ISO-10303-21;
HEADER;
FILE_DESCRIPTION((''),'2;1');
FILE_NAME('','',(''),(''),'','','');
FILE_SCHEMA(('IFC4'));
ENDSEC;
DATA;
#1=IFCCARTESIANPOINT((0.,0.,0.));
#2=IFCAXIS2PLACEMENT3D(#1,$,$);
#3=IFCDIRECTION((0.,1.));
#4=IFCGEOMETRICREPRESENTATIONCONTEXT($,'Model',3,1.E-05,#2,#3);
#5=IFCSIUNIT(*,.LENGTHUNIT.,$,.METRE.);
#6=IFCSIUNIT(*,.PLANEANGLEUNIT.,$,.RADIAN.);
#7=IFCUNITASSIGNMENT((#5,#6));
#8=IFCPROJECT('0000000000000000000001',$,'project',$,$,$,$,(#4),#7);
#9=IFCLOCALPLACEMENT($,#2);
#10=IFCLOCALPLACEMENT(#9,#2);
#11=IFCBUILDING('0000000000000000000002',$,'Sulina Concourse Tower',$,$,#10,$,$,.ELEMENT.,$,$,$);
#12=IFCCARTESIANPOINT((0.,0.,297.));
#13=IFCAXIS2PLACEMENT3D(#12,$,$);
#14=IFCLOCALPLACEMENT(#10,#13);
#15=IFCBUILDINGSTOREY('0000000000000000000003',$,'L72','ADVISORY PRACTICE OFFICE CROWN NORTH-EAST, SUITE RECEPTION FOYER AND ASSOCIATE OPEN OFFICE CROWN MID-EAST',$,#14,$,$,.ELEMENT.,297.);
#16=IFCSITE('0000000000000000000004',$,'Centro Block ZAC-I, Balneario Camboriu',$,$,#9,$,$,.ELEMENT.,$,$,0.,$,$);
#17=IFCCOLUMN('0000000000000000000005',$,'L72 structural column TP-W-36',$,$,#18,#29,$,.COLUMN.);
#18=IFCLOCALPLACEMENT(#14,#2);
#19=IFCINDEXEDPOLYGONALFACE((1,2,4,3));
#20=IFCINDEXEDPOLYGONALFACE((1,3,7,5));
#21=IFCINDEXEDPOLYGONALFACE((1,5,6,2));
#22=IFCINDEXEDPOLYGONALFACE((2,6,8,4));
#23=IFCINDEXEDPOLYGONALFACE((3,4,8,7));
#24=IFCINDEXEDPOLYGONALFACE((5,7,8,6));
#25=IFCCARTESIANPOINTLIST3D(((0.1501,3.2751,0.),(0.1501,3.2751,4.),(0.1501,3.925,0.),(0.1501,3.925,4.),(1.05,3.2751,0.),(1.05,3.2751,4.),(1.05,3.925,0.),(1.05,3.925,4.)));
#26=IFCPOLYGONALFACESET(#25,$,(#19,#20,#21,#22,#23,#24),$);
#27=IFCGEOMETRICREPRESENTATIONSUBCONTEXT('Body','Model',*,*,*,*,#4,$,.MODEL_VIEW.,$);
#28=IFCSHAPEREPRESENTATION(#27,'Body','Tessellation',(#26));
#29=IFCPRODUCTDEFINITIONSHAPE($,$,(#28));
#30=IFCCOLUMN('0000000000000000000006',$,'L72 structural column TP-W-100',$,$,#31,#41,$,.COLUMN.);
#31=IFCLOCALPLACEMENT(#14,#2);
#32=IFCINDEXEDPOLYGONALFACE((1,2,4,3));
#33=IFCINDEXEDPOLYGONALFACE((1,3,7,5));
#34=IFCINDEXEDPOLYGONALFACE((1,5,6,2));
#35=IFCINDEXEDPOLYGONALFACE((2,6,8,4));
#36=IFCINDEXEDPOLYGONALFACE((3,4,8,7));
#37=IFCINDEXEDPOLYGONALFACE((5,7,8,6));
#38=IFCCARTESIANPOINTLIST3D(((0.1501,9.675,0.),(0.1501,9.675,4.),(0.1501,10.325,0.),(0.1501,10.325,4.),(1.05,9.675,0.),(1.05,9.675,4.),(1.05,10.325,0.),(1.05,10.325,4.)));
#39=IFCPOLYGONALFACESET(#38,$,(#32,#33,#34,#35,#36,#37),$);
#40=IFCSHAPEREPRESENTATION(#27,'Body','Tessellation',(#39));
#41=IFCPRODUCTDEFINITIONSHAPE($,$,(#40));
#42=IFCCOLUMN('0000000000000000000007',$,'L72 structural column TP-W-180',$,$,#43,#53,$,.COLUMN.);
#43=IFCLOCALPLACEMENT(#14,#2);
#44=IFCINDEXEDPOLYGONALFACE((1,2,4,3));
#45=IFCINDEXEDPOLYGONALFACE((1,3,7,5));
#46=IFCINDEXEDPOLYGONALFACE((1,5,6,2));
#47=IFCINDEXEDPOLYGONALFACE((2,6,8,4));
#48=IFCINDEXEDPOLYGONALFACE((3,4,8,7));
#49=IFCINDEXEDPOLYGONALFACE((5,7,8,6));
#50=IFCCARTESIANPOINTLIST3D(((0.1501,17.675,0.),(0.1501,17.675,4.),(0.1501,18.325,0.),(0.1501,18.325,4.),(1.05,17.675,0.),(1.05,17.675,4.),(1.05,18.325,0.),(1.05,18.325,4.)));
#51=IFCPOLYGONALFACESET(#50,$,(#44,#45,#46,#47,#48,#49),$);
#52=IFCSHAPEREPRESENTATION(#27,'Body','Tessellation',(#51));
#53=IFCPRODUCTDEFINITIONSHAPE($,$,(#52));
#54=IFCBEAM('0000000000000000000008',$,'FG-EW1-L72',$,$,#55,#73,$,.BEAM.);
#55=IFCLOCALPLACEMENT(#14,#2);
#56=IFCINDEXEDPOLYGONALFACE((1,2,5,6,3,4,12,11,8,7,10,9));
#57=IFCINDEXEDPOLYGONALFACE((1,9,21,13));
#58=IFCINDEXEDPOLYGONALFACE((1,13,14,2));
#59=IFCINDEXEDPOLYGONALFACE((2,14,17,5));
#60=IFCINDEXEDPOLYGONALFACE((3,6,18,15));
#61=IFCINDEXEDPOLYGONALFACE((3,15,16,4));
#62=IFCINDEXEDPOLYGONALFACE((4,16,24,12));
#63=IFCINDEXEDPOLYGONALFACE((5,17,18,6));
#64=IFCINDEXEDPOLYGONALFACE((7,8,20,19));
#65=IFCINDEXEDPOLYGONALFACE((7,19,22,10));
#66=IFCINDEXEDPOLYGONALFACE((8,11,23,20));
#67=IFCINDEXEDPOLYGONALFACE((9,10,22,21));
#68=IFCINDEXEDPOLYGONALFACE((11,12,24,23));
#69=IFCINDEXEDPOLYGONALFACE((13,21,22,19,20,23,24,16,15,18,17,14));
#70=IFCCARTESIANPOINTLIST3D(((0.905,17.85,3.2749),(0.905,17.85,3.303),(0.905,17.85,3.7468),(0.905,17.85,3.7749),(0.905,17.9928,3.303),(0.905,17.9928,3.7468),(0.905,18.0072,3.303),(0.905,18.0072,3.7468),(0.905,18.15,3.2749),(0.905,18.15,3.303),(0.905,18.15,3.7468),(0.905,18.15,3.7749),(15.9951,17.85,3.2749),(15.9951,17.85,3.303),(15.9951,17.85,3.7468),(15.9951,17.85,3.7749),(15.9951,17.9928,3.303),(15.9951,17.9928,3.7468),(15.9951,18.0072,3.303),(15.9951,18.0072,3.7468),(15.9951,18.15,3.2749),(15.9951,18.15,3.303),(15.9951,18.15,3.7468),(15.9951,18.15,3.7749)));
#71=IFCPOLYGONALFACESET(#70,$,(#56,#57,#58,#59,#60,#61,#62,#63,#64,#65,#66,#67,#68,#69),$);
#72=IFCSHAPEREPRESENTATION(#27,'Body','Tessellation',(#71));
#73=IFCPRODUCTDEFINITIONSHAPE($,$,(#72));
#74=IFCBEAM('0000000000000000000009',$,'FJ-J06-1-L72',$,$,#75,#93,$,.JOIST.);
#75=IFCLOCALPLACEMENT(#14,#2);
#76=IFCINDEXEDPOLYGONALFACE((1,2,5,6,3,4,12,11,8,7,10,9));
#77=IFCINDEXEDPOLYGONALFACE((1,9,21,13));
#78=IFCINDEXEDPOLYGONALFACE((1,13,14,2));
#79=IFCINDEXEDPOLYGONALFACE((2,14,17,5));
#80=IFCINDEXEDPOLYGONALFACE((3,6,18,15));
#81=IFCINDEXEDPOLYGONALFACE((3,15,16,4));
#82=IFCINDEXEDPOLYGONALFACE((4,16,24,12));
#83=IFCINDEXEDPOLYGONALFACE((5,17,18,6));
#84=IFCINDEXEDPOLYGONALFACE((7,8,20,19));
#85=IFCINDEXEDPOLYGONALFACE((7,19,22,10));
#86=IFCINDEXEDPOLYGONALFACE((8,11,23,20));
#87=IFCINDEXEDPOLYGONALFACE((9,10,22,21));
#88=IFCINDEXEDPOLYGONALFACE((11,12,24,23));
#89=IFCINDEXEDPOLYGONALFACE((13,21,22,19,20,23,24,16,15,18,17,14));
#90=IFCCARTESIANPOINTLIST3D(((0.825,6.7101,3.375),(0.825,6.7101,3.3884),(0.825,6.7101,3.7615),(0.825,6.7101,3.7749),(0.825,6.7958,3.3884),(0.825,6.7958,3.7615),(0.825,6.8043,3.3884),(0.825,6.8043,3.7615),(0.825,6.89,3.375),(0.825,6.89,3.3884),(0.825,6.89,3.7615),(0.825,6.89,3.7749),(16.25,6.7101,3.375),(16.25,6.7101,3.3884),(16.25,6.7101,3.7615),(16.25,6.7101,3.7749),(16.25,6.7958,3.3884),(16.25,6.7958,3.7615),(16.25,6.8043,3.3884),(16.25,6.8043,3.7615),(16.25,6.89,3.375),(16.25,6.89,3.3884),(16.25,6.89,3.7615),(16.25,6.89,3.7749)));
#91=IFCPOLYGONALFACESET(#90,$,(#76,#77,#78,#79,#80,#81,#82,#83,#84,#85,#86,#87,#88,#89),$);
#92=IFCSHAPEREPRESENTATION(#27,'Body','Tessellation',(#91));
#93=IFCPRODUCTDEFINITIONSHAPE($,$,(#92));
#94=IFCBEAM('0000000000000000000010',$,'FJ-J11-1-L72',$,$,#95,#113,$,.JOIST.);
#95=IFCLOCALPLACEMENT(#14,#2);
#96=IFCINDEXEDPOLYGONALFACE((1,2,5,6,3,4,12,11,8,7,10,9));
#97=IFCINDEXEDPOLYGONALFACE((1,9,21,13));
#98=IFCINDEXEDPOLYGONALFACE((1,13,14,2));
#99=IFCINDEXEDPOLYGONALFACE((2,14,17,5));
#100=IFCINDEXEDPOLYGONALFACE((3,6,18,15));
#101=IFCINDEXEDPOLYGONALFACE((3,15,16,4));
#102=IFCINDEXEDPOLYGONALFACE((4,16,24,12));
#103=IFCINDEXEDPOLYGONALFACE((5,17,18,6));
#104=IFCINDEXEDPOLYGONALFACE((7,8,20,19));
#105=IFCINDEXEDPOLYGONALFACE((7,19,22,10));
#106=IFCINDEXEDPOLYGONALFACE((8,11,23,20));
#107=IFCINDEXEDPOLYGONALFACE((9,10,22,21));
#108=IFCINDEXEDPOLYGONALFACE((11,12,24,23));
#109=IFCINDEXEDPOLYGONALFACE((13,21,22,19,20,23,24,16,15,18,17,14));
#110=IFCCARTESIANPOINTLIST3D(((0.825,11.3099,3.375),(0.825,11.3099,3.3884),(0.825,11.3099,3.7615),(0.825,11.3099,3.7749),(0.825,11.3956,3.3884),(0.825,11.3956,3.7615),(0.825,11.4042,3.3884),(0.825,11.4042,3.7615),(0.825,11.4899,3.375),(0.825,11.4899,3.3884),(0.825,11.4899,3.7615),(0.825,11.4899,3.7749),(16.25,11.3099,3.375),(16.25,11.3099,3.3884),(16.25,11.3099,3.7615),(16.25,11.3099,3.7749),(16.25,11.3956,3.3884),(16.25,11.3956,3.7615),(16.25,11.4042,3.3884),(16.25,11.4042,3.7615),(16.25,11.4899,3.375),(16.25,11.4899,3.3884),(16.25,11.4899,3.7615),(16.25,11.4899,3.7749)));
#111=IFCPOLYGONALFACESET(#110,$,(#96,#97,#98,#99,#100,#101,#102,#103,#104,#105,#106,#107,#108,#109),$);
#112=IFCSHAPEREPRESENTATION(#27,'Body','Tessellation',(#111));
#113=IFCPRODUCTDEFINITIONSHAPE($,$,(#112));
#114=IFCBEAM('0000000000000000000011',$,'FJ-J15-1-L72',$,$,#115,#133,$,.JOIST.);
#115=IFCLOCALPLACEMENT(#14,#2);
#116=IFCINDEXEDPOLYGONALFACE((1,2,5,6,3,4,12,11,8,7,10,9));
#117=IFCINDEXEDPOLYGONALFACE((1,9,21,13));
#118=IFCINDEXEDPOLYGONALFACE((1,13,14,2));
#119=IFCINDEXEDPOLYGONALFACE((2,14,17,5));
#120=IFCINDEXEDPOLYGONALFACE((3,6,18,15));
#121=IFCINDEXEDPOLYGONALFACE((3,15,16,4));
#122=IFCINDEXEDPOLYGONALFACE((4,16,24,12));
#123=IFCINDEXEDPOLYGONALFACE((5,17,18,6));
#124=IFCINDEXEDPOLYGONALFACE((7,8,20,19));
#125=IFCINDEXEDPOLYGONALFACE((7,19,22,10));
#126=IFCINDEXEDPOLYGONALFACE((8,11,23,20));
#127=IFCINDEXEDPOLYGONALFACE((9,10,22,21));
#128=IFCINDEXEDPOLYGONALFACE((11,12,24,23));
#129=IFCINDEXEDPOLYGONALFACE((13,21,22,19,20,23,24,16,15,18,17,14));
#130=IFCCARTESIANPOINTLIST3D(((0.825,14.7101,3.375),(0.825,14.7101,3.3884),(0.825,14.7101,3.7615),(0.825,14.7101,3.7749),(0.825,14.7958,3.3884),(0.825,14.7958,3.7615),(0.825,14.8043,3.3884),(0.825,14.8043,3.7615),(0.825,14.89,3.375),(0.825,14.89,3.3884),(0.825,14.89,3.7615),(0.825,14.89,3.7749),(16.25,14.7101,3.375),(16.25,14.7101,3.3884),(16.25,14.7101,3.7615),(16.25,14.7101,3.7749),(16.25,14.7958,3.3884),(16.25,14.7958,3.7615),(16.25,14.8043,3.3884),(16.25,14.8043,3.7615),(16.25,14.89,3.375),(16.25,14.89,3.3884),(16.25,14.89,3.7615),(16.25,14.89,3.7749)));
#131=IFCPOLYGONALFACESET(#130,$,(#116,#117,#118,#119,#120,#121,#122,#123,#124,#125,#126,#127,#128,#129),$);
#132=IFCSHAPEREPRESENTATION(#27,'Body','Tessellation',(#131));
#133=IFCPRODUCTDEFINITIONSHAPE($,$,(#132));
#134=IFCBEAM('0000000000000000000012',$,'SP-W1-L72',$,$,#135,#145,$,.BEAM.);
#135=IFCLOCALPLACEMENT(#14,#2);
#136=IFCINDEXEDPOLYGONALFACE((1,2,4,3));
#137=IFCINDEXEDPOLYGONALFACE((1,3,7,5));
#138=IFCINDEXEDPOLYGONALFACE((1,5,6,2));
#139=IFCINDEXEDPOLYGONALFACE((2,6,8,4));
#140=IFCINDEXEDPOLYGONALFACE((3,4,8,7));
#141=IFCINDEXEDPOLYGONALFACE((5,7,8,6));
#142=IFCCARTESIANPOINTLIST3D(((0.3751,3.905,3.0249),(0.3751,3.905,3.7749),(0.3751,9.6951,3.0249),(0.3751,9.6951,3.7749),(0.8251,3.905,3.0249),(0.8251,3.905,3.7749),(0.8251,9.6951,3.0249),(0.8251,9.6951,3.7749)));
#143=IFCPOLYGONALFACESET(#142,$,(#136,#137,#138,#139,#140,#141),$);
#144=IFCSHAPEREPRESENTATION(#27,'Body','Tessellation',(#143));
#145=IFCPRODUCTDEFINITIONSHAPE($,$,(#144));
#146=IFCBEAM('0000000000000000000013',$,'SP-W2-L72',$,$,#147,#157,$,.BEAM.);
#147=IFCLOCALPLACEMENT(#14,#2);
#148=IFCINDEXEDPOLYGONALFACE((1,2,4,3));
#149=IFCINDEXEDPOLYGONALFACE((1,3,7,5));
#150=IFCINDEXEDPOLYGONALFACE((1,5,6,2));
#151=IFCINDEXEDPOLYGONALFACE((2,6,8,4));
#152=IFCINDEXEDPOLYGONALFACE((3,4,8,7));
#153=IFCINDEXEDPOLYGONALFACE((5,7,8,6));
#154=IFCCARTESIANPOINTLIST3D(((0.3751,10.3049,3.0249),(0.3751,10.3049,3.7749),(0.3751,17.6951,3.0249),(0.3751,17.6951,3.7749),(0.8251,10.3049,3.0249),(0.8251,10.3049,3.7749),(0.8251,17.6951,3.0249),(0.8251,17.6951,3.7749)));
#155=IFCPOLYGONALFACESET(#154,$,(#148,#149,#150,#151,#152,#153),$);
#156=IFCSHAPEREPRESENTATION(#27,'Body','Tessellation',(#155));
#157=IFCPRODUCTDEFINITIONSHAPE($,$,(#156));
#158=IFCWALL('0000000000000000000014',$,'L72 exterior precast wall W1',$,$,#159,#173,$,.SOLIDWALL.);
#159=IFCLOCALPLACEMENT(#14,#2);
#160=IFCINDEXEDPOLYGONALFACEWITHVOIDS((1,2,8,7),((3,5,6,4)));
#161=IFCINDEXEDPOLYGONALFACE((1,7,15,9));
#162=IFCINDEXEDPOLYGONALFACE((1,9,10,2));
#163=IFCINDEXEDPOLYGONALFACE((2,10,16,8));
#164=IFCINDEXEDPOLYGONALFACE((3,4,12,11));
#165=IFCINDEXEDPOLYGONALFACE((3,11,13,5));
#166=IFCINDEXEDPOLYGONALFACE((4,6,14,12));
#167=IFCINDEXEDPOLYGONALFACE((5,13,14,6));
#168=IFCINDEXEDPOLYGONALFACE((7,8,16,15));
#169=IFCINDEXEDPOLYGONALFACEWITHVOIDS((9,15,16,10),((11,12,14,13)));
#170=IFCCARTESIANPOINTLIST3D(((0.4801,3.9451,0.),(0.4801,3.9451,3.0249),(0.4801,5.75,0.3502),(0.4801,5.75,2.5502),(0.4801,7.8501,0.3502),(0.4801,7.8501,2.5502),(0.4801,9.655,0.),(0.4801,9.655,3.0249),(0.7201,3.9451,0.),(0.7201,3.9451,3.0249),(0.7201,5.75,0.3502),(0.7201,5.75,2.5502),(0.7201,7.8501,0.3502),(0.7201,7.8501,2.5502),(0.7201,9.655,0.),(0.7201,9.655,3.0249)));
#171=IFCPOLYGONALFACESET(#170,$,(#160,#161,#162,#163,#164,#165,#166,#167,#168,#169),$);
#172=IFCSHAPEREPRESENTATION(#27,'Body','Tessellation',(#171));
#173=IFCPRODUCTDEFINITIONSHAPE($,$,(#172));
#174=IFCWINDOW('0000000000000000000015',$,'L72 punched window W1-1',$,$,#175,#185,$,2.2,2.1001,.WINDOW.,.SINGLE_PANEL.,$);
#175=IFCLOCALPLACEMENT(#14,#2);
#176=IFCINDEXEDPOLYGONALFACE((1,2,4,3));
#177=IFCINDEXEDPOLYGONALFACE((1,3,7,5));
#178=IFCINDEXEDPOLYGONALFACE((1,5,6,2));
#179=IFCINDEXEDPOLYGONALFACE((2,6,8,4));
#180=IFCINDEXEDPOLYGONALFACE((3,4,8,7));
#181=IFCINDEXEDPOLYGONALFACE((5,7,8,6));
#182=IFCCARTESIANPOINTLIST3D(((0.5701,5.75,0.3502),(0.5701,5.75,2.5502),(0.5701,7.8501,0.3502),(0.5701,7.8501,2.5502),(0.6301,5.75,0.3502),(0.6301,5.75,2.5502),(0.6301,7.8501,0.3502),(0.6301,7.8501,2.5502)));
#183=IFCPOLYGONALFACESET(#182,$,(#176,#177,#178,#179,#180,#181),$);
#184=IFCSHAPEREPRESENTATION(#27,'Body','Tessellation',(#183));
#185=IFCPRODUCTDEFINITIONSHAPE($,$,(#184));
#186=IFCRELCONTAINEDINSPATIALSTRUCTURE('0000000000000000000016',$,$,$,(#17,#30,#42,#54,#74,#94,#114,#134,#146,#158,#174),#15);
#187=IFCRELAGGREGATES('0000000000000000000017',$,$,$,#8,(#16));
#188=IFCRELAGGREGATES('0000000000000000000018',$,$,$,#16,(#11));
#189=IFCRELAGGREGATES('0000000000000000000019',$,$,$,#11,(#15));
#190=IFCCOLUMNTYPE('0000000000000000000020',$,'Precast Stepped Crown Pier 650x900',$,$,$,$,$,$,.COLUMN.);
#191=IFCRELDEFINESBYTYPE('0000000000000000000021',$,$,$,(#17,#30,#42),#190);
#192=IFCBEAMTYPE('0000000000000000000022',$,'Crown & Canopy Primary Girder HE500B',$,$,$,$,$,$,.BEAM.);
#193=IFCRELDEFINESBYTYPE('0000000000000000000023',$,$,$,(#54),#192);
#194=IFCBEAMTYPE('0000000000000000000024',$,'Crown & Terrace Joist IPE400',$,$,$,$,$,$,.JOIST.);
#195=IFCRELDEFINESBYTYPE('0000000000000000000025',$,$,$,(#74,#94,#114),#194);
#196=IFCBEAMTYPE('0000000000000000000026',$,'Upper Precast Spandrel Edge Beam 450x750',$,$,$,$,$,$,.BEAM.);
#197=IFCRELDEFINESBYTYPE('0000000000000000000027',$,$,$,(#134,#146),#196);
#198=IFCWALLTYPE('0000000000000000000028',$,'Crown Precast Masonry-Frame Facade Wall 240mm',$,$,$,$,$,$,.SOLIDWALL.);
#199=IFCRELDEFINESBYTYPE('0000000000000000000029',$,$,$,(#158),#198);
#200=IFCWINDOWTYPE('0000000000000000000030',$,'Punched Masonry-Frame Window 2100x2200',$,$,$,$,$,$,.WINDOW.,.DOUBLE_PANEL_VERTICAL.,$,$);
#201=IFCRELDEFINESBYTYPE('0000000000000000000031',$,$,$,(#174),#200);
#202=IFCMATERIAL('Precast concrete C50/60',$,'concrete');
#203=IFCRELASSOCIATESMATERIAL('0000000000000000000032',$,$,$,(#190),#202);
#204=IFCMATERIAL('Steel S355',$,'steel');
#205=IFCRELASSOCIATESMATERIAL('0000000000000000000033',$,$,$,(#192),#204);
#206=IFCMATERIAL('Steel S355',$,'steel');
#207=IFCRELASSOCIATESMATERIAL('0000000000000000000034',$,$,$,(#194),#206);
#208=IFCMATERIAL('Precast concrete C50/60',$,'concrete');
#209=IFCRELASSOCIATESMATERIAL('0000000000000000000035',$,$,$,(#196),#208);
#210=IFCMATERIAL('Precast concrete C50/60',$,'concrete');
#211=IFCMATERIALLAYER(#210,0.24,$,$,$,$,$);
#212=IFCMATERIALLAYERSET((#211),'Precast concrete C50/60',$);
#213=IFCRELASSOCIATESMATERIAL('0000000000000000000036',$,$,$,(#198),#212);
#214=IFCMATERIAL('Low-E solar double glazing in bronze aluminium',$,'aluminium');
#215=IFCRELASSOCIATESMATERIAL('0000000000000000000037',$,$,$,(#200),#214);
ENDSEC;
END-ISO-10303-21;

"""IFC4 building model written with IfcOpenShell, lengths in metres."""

from ifc_helpers import new_model, si_unit, direction, frame, frame_2d, origin, origin_2d, place, context, subcontext, project, spatial, rectangle, i_section, extrude, material, layer, layer_set, material_profile, profile_set, type_object, element, fill, save


model = new_model("IFC4")

# Units and contexts
model_context = context("Model", 3, precision=1e-05, world=origin(), true_north=direction((0.0, 1.0)))
body_context = subcontext(model_context, "Body", "Model", "MODEL_VIEW")
ifc_project = project(units=[si_unit("LENGTHUNIT", "METRE"), si_unit("PLANEANGLEUNIT", "RADIAN")], contexts=[model_context])

# Site, building, storey
site_placement = place(None, origin())
site = spatial("IfcSite", under=ifc_project, at=site_placement, Name="Centro Block ZAC-I, Balneario Camboriu", CompositionType="ELEMENT", RefElevation=0.0)
building_placement = place(site_placement, origin())
building = spatial("IfcBuilding", under=site, at=building_placement, Name="Sulina Concourse Tower", CompositionType="ELEMENT")
storey_placement = place(building_placement, frame((0.0, 0.0, 297.0)))
storey = spatial("IfcBuildingStorey", under=building, at=storey_placement, Name="L72", Description="ADVISORY PRACTICE OFFICE CROWN NORTH-EAST, SUITE RECEPTION FOYER AND ASSOCIATE OPEN OFFICE CROWN MID-EAST", CompositionType="ELEMENT", Elevation=297.0)

# Columns
ifc_material_1 = material(Name="Precast concrete C50/60", Category="concrete")
ifc_material_profile_1 = material_profile(ifc_material_1, rectangle(XDim=0.6499, YDim=0.8999, at=origin_2d()), Name="PC 650x900")
ifc_profile_set_1 = profile_set([ifc_material_profile_1], Name="Precast concrete C50/60")
column_type = type_object("IfcColumnType", Name="Precast Stepped Crown Pier 650x900", PredefinedType="COLUMN", material=ifc_profile_set_1)
for number, where, z_axis, x_axis, name in (
    (1, (0.6001, 3.6001, 0.0), (0.0, 0.0, 1.0), (0.0, 1.0, 0.0), "L72 structural column TP-W-36"),
    (2, (0.6001, 10.0, 0.0), (0.0, 0.0, 1.0), (0.0, 1.0, 0.0), "L72 structural column TP-W-100"),
    (3, (0.6001, 18.0, 0.0), (0.0, 0.0, 1.0), (0.0, 1.0, 0.0), "L72 structural column TP-W-180"),
):
    element("IfcColumn", number, at=place(storey_placement, frame(where, z_axis=z_axis, x_axis=x_axis)), inside=storey, type_object=column_type, Name=name, PredefinedType="COLUMN", context=body_context, shape_type="SweptSolid", body=[
        extrude(rectangle(XDim=0.6499, YDim=0.8999, at=origin_2d()), origin(), (0.0, 0.0, 1.0), 4.0),
    ])

# Beams
ifc_material_2 = material(Name="Steel S355", Category="steel")
ifc_material_profile_2 = material_profile(ifc_material_2, i_section(OverallWidth=0.3, OverallDepth=0.5, WebThickness=0.0144, FlangeThickness=0.0281, at=origin_2d()), Name="HE 500 B")
ifc_profile_set_2 = profile_set([ifc_material_profile_2], Name="Steel S355")
beam_type_1 = type_object("IfcBeamType", Name="Crown & Canopy Primary Girder HE500B", PredefinedType="BEAM", material=ifc_profile_set_2)
beam_1_placement = place(storey_placement, frame((0.905, 18.0, 3.5249), z_axis=(1.0, 0.0, 0.0), x_axis=(0.0, 1.0, 0.0)))
element("IfcBeam", 4, at=beam_1_placement, inside=storey, type_object=beam_type_1, Name="FG-EW1-L72", PredefinedType="BEAM", context=body_context, shape_type="SweptSolid", body=[
    extrude(i_section(OverallWidth=0.3, OverallDepth=0.5, WebThickness=0.0144, FlangeThickness=0.0281, at=origin_2d()), origin(), (0.0, 0.0, 1.0), 15.0901),
])
ifc_material_3 = material(Name="Steel S355", Category="steel")
ifc_material_profile_3 = material_profile(ifc_material_3, i_section(OverallWidth=0.1799, OverallDepth=0.3999, WebThickness=0.0085, FlangeThickness=0.0134, at=origin_2d()), Name="IPE 400")
ifc_profile_set_3 = profile_set([ifc_material_profile_3], Name="Steel S355")
beam_type_2 = type_object("IfcBeamType", Name="Crown & Terrace Joist IPE400", PredefinedType="JOIST", material=ifc_profile_set_3)
for number, where, z_axis, x_axis, name in (
    (5, (0.825, 6.8, 3.575), (1.0, 0.0, 0.0), (0.0, 1.0, 0.0), "FJ-J06-1-L72"),
    (6, (0.825, 11.3999, 3.575), (1.0, 0.0, 0.0), (0.0, 1.0, 0.0), "FJ-J11-1-L72"),
    (7, (0.825, 14.8, 3.575), (1.0, 0.0, 0.0), (0.0, 1.0, 0.0), "FJ-J15-1-L72"),
):
    element("IfcBeam", number, at=place(storey_placement, frame(where, z_axis=z_axis, x_axis=x_axis)), inside=storey, type_object=beam_type_2, Name=name, PredefinedType="JOIST", context=body_context, shape_type="SweptSolid", body=[
        extrude(i_section(OverallWidth=0.1799, OverallDepth=0.3999, WebThickness=0.0085, FlangeThickness=0.0134, at=origin_2d()), origin(), (0.0, 0.0, 1.0), 15.425),
    ])
ifc_material_4 = material(Name="Precast concrete C50/60", Category="concrete")
ifc_material_profile_4 = material_profile(ifc_material_4, rectangle(XDim=0.45, YDim=0.75, at=origin_2d()), Name="RC 450x750")
ifc_profile_set_4 = profile_set([ifc_material_profile_4], Name="Precast concrete C50/60")
beam_type_3 = type_object("IfcBeamType", Name="Upper Precast Spandrel Edge Beam 450x750", PredefinedType="BEAM", material=ifc_profile_set_4)
beam_2_placement = place(storey_placement, frame((0.6001, 3.905, 3.3999), z_axis=(0.0, 1.0, 0.0), x_axis=(-1.0, 0.0, 0.0)))
element("IfcBeam", 8, at=beam_2_placement, inside=storey, type_object=beam_type_3, Name="SP-W1-L72", PredefinedType="BEAM", context=body_context, shape_type="SweptSolid", body=[
    extrude(rectangle(XDim=0.45, YDim=0.75, at=origin_2d()), origin(), (0.0, 0.0, 1.0), 5.79),
])
beam_3_placement = place(storey_placement, frame((0.6001, 10.3049, 3.3999), z_axis=(0.0, 1.0, 0.0), x_axis=(-1.0, 0.0, 0.0)))
element("IfcBeam", 9, at=beam_3_placement, inside=storey, type_object=beam_type_3, Name="SP-W2-L72", PredefinedType="BEAM", context=body_context, shape_type="SweptSolid", body=[
    extrude(rectangle(XDim=0.45, YDim=0.75, at=origin_2d()), origin(), (0.0, 0.0, 1.0), 7.3901),
])

# Wall, opening, window
ifc_material_5 = material(Name="Precast concrete C50/60", Category="concrete")
ifc_layer_1 = layer(ifc_material_5, 0.24)
ifc_layer_set_1 = layer_set([ifc_layer_1], Name="Precast concrete C50/60")
wall_type_1 = type_object("IfcWallType", Name="Crown Precast Masonry-Frame Facade Wall 240mm", PredefinedType="SOLIDWALL", material=ifc_layer_set_1)
wall_1_placement = place(storey_placement, frame((0.6001, 3.9451, 0.0), z_axis=(0.0, 0.0, 1.0), x_axis=(0.0, 1.0, 0.0)))
wall_1 = element("IfcWall", 10, at=wall_1_placement, inside=storey, type_object=wall_type_1, Name="L72 exterior precast wall W1", PredefinedType="SOLIDWALL", context=body_context, shape_type="SweptSolid", body=[
    extrude(rectangle(XDim=5.71, YDim=0.24, at=frame_2d((2.855, 0.0))), origin(), (0.0, 0.0, 1.0), 3.0249),
])
opening_1_placement = place(wall_1_placement, frame((1.8049, 0.0, 0.3501)))
opening_1 = element("IfcOpeningElement", 11, at=opening_1_placement, cuts=wall_1, PredefinedType="OPENING", context=body_context, shape_type="SweptSolid", body=[
    extrude(rectangle(XDim=2.1001, YDim=2.2, at=frame_2d((1.05, 1.1001))), frame((0.0, 0.1299, 0.0), z_axis=(0.0, -1.0, 0.0), x_axis=(1.0, 0.0, 0.0)), (0.0, 0.0, 1.0), 0.26),
])
ifc_material_6 = material(Name="Low-E solar double glazing in bronze aluminium", Category="aluminium")
window_type = type_object("IfcWindowType", Name="Punched Masonry-Frame Window 2100x2200", PartitioningType="DOUBLE_PANEL_VERTICAL", PredefinedType="WINDOW", material=ifc_material_6)
window_1_placement = place(opening_1_placement, origin())
window_1 = element("IfcWindow", 12, at=window_1_placement, inside=storey, type_object=window_type, Name="L72 punched window W1-1", OverallHeight=2.2, OverallWidth=2.1001, PartitioningType="SINGLE_PANEL", PredefinedType="WINDOW", context=body_context, shape_type="SweptSolid", body=[
    extrude(rectangle(XDim=2.1001, YDim=2.2, at=frame_2d((1.05, 1.1001))), frame((0.0, 0.03, 0.0), z_axis=(0.0, -1.0, 0.0), x_axis=(1.0, 0.0, 0.0)), (0.0, 0.0, 1.0), 0.0601),
])
fill(opening_1, window_1)

save(model, "model.ifc")
